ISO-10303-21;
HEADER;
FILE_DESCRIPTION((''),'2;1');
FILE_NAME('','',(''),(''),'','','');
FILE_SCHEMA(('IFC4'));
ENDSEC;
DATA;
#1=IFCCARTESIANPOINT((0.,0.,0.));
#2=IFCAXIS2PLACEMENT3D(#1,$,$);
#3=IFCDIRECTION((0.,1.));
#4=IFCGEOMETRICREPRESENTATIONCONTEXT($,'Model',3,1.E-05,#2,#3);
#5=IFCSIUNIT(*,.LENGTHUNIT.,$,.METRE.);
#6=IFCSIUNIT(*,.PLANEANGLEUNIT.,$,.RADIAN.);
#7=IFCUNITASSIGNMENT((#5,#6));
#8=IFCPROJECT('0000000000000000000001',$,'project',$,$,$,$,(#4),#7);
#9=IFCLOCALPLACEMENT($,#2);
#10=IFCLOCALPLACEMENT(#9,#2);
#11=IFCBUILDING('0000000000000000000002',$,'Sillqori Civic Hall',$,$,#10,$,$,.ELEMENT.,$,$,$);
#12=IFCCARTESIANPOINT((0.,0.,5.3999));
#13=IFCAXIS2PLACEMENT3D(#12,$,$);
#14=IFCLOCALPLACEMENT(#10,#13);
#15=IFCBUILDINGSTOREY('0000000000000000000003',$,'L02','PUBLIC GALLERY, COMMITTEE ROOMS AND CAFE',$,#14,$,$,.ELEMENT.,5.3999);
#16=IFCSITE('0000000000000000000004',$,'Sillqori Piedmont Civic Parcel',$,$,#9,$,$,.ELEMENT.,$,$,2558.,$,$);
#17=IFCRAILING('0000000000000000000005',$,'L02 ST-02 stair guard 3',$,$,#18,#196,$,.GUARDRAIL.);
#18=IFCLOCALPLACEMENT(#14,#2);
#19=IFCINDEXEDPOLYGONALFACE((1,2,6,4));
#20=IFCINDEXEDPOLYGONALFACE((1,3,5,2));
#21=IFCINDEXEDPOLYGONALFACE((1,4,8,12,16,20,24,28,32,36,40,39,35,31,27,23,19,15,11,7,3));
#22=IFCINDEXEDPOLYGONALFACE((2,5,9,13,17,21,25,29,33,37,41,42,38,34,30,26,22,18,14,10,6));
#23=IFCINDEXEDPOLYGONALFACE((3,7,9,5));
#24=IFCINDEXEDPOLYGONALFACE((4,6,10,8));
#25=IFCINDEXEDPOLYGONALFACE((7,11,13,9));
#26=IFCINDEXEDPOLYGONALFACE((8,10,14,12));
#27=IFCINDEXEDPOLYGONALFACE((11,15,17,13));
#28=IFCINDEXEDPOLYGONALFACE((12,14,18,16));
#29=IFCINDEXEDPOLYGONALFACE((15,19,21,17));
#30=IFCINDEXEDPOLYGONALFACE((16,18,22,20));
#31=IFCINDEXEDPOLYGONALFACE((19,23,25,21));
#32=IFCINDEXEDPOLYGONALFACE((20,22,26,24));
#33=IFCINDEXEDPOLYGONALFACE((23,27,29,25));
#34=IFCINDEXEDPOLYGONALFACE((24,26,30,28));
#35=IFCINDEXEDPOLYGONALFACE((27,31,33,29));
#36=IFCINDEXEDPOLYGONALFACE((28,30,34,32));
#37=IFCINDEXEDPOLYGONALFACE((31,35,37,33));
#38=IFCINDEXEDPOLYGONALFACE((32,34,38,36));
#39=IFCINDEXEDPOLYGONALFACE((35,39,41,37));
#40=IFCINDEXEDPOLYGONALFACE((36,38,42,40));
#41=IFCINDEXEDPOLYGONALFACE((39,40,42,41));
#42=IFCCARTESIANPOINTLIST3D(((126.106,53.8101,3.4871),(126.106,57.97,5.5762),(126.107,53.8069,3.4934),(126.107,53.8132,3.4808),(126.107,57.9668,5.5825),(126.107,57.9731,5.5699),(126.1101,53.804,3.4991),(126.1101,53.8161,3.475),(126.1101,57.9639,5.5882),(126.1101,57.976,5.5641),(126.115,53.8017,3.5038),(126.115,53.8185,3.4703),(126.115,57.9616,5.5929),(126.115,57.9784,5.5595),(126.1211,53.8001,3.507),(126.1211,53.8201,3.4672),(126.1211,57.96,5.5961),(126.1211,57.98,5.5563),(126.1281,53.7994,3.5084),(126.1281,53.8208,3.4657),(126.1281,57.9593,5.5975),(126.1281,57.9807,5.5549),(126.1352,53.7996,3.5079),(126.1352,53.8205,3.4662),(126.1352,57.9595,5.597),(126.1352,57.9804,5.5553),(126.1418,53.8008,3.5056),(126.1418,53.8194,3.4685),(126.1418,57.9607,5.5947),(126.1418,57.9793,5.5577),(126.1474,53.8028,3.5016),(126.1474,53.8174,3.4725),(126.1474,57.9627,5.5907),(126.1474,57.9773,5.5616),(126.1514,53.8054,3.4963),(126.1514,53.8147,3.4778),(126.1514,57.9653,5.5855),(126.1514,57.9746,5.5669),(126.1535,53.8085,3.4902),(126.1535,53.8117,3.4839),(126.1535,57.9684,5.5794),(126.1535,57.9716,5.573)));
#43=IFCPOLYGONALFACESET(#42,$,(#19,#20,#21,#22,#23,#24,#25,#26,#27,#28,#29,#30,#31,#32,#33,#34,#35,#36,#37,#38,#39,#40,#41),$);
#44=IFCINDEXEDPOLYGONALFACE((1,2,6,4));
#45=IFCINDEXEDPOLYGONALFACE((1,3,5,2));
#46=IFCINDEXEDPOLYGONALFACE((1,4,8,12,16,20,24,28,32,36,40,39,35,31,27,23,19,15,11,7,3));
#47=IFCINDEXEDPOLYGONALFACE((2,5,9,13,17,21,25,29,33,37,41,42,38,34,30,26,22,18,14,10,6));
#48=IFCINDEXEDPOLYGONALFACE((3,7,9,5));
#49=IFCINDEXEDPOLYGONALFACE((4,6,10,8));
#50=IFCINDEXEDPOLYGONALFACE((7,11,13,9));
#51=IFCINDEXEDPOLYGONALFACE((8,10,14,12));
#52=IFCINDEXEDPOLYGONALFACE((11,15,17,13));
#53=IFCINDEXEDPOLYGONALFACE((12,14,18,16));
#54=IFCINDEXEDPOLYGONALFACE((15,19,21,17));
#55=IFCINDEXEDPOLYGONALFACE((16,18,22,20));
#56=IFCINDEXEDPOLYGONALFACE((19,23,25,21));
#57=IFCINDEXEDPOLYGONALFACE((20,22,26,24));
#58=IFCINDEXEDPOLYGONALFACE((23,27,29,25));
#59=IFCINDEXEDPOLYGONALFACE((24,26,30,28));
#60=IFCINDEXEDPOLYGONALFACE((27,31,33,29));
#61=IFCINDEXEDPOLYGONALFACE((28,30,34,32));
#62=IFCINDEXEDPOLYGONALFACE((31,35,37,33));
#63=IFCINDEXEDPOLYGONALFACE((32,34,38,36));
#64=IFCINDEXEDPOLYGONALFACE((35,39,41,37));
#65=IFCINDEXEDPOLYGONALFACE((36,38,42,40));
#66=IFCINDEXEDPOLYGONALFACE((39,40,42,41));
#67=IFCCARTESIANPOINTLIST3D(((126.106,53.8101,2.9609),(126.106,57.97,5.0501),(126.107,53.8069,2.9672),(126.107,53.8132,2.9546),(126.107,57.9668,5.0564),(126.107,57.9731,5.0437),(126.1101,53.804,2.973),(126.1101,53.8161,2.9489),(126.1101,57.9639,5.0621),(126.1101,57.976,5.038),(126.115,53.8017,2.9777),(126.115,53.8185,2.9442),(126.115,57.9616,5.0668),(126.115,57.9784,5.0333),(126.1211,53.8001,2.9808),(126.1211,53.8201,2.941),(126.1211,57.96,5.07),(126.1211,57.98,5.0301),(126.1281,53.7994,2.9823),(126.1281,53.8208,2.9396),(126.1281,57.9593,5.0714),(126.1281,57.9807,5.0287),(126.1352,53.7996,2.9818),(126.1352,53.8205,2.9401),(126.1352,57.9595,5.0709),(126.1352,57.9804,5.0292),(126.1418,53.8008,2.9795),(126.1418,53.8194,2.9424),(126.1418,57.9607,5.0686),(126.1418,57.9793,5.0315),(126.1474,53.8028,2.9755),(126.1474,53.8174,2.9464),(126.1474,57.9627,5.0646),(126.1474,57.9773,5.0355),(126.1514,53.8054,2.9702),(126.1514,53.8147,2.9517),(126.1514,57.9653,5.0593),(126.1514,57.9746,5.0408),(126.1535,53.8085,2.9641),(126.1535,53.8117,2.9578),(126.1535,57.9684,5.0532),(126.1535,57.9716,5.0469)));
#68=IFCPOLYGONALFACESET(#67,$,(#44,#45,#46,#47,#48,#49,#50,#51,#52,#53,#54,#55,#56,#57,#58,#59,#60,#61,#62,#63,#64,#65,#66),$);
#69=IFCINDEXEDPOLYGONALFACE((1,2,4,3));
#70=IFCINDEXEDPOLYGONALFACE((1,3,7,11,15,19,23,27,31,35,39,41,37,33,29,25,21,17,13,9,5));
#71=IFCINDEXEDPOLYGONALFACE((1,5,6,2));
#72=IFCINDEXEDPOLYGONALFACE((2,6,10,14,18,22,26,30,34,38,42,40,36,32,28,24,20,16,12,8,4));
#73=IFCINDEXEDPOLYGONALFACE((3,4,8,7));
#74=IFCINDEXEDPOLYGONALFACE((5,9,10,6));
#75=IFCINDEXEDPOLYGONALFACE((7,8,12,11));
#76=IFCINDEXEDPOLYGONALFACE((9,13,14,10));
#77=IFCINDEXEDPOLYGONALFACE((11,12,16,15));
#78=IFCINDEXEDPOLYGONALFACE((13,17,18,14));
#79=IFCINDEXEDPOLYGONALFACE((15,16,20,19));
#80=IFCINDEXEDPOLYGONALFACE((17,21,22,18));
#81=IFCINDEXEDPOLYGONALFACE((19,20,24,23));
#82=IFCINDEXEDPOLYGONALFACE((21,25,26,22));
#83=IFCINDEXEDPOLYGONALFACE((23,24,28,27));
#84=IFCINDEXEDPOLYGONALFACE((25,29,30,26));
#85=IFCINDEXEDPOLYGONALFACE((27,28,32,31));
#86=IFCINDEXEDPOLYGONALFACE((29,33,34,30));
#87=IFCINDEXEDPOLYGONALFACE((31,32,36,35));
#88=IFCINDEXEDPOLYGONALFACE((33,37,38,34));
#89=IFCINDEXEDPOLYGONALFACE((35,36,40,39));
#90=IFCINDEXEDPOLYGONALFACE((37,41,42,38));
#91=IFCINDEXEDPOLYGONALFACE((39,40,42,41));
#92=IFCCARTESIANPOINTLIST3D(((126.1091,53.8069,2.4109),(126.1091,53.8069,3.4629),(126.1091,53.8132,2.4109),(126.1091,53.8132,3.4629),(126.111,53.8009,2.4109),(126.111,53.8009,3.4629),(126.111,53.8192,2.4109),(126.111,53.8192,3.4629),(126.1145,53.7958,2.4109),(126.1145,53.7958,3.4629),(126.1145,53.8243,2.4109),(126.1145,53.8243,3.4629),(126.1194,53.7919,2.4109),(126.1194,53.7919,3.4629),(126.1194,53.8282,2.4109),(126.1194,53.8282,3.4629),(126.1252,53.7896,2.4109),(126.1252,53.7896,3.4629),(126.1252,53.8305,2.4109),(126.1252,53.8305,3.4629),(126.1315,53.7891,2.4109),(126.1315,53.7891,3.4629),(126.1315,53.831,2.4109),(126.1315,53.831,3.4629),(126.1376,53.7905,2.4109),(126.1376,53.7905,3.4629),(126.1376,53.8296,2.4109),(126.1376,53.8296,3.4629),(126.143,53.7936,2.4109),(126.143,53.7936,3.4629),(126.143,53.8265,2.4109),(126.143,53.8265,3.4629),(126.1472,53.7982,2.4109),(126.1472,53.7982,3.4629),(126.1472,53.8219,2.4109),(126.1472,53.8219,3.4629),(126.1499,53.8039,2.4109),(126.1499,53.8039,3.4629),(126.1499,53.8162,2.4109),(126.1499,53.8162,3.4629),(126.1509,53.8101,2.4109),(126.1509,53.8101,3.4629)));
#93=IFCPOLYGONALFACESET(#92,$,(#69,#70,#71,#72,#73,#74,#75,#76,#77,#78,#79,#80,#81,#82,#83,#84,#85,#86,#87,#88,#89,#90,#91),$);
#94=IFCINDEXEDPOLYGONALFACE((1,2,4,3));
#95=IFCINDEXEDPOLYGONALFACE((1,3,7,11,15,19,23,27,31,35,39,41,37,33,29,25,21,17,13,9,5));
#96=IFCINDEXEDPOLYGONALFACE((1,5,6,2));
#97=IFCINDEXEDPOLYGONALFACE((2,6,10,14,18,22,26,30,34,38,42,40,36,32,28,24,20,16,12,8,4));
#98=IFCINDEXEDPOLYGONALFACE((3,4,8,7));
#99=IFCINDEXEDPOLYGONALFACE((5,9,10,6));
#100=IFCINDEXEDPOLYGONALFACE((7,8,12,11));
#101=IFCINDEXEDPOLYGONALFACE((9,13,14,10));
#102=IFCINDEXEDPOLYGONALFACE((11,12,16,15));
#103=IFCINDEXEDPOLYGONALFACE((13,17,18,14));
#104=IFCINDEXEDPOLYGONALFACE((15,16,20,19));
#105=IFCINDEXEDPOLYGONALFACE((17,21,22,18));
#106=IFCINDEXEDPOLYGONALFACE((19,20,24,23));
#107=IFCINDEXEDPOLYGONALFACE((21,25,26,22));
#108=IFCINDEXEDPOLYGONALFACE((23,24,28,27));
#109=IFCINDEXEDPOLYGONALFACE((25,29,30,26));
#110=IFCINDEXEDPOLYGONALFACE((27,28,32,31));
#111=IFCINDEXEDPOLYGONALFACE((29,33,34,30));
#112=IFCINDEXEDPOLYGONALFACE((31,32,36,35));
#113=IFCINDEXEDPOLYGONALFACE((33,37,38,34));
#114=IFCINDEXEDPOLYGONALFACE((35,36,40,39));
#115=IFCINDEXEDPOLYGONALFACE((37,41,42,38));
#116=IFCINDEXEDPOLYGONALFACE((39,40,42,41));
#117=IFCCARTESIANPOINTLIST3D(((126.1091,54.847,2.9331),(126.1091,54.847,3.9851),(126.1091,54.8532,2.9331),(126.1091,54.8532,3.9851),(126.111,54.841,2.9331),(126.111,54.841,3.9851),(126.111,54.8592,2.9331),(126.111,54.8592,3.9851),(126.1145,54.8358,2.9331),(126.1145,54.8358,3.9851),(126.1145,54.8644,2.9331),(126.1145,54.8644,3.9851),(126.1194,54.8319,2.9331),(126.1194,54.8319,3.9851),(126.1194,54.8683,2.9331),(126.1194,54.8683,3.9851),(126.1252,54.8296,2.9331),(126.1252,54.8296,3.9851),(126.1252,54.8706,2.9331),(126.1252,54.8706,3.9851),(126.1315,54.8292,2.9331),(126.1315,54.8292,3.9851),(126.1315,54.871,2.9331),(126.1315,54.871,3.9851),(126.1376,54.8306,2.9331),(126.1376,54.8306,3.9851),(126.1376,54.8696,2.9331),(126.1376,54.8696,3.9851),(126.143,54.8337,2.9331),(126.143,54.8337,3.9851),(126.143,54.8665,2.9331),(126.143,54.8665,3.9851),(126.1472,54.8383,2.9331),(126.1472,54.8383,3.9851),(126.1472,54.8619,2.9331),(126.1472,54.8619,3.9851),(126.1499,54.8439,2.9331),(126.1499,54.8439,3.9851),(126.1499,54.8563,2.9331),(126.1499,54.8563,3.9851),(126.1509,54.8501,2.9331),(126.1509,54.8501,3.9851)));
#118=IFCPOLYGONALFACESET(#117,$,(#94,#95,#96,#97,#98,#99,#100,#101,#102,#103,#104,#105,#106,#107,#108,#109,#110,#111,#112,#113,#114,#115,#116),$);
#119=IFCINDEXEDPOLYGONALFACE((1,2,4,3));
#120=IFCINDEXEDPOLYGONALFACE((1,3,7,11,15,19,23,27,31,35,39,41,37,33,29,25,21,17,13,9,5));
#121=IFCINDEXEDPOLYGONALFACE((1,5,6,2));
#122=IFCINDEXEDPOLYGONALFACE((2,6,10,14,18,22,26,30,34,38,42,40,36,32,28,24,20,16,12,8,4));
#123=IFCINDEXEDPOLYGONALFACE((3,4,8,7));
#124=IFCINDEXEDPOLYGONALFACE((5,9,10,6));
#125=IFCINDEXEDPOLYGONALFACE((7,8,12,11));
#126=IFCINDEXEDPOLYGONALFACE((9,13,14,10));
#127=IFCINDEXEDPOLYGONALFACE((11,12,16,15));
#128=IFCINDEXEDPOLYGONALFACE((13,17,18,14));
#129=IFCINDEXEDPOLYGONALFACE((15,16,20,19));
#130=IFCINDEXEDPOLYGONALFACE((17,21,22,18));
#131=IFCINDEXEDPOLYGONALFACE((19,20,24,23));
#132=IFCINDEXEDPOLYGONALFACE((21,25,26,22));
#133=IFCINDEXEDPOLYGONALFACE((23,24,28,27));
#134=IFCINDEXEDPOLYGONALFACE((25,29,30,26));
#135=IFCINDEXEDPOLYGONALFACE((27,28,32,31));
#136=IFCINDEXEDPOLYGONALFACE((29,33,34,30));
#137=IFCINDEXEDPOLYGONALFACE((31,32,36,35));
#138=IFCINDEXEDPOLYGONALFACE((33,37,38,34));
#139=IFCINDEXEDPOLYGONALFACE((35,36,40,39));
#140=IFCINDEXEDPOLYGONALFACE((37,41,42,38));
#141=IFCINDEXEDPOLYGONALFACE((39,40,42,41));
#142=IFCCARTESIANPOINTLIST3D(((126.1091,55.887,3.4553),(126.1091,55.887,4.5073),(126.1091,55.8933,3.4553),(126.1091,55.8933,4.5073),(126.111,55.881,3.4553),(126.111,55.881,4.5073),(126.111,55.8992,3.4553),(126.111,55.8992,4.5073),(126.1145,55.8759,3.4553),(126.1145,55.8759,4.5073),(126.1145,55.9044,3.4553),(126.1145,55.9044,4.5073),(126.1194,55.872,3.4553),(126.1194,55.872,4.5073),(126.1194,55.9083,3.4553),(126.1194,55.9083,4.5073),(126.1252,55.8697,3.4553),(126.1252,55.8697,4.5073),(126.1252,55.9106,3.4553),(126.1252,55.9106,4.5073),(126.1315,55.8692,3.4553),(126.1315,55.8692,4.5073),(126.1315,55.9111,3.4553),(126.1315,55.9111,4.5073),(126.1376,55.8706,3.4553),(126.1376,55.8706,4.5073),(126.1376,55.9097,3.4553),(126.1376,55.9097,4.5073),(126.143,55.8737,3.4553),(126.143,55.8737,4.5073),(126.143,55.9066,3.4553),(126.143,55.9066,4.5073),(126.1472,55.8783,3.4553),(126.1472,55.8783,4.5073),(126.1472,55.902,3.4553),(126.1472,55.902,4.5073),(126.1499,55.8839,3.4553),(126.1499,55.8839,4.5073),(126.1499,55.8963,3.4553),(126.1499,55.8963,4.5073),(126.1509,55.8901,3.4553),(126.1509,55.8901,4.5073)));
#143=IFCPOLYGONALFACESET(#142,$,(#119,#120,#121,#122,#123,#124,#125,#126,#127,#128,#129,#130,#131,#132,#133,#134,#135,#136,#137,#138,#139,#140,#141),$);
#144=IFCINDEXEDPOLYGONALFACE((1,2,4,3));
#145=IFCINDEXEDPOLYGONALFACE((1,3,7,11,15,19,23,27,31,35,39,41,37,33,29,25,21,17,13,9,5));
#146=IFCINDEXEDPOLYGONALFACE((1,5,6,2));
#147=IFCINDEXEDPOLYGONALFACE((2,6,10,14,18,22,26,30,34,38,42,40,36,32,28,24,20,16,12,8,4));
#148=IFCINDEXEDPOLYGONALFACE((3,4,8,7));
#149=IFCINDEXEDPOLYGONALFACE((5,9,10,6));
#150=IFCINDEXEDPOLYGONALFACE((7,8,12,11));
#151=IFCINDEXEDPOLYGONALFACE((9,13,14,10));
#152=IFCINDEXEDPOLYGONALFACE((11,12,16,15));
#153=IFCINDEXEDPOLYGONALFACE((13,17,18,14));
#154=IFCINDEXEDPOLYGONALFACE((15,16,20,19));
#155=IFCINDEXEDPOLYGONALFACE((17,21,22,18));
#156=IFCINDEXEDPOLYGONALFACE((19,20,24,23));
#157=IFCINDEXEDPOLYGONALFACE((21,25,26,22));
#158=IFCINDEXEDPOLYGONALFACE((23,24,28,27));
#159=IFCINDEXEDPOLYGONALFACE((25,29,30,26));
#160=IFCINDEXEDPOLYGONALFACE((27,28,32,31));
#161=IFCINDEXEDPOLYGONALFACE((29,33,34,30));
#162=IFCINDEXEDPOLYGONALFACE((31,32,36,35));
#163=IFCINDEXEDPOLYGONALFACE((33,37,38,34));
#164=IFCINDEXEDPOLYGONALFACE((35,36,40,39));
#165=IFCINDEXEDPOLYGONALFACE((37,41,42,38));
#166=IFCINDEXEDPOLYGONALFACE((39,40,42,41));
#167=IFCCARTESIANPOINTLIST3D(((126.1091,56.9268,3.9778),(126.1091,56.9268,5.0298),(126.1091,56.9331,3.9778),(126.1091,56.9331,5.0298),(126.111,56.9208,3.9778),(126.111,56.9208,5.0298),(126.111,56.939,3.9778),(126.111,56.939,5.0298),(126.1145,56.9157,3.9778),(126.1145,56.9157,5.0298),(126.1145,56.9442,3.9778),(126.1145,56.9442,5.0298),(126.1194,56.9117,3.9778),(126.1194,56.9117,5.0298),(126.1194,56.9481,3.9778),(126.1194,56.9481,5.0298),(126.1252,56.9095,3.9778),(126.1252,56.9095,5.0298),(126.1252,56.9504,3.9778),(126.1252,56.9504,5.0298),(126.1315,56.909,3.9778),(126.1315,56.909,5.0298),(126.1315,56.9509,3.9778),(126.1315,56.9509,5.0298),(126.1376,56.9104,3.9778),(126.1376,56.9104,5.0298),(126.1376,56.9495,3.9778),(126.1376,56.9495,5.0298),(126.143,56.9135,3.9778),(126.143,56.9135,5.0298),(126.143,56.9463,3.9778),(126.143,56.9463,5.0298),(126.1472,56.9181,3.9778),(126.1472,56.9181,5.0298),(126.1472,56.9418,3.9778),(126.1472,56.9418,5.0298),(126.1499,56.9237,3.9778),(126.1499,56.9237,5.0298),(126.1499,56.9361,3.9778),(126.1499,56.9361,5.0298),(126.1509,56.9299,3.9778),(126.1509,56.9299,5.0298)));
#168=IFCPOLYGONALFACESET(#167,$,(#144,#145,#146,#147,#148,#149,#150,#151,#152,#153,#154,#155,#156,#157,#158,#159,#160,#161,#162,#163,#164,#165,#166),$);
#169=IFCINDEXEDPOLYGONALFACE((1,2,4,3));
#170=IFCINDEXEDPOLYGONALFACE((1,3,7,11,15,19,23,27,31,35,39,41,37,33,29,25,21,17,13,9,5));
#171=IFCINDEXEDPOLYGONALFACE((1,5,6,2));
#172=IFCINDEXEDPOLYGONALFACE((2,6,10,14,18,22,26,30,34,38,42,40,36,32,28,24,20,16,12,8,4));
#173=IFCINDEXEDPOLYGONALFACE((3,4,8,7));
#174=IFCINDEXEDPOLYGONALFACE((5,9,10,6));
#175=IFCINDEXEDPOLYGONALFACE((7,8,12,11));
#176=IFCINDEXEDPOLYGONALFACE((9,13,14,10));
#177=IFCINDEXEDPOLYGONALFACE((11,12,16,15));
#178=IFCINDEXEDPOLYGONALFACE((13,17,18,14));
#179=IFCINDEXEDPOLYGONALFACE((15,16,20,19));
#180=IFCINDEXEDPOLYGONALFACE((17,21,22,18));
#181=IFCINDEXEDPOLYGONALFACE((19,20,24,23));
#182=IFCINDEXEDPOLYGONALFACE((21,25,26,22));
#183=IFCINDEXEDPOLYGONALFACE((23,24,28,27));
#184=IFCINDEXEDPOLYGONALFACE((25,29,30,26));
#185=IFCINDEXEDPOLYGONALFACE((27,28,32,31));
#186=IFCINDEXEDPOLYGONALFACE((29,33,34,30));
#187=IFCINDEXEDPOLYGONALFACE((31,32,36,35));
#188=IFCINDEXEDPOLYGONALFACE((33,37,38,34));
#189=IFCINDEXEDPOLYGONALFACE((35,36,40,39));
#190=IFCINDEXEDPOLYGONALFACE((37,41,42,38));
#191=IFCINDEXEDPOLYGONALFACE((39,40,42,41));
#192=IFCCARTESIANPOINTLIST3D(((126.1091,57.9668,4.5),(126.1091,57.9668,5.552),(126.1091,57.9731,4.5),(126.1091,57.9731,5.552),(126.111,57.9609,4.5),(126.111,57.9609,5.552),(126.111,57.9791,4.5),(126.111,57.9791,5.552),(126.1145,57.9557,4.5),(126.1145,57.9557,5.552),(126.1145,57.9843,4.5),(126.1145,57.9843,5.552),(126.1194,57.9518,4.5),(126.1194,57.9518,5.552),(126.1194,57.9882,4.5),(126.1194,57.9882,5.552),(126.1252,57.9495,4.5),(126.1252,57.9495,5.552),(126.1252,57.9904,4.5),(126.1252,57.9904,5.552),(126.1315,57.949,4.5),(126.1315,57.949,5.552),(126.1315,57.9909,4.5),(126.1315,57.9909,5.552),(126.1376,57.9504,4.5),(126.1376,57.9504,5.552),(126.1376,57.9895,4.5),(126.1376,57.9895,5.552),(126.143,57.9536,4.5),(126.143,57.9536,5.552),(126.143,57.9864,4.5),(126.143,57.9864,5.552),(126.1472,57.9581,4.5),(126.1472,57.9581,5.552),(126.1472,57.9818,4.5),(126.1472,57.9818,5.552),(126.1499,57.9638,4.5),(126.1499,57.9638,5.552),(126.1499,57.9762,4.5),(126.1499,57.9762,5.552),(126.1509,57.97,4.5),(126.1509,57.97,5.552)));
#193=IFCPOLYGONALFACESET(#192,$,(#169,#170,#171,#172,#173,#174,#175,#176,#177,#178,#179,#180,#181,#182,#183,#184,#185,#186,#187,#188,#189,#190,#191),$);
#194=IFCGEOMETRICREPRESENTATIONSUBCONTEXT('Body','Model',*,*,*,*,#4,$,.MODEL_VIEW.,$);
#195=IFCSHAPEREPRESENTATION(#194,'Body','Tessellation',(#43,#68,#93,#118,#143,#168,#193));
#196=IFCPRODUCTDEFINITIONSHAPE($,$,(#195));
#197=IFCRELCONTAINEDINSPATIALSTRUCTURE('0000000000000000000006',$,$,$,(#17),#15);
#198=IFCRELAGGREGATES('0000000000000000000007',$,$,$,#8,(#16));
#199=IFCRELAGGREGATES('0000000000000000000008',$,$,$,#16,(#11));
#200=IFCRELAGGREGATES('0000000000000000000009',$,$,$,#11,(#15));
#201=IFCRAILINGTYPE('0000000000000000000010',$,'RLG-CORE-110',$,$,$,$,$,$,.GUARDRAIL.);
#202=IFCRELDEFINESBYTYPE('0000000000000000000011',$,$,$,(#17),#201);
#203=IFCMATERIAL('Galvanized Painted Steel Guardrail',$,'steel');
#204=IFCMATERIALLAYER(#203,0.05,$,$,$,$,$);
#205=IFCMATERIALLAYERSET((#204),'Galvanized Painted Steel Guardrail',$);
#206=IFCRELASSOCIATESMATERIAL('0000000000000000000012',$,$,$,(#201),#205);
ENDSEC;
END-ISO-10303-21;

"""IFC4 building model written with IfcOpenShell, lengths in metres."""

from ifc_helpers import new_model, si_unit, direction, frame, origin, origin_2d, place, context, subcontext, project, spatial, circle, extrude, material, layer, layer_set, type_object, element, save


model = new_model("IFC4")

# Units and contexts
model_context = context("Model", 3, precision=1e-05, world=origin(), true_north=direction((0.0, 1.0)))
body_context = subcontext(model_context, "Body", "Model", "MODEL_VIEW")
ifc_project = project(units=[si_unit("LENGTHUNIT", "METRE"), si_unit("PLANEANGLEUNIT", "RADIAN")], contexts=[model_context])

# Site, building, storey
site_placement = place(None, origin())
site = spatial("IfcSite", under=ifc_project, at=site_placement, Name="Sillqori Piedmont Civic Parcel", CompositionType="ELEMENT", RefElevation=2558.0)
building_placement = place(site_placement, origin())
building = spatial("IfcBuilding", under=site, at=building_placement, Name="Sillqori Civic Hall", CompositionType="ELEMENT")
storey_placement = place(building_placement, frame((0.0, 0.0, 5.3999)))
storey = spatial("IfcBuildingStorey", under=building, at=storey_placement, Name="L02", Description="PUBLIC GALLERY, COMMITTEE ROOMS AND CAFE", CompositionType="ELEMENT", Elevation=5.3999)

# Railing
ifc_material_1 = material(Name="Galvanized Painted Steel Guardrail", Category="steel")
ifc_layer_1 = layer(ifc_material_1, 0.05)
ifc_layer_set_1 = layer_set([ifc_layer_1], Name="Galvanized Painted Steel Guardrail")
railing_type_1 = type_object("IfcRailingType", Name="RLG-CORE-110", PredefinedType="GUARDRAIL", material=ifc_layer_set_1)
railing_1_placement = place(storey_placement, frame((126.1299, 53.8101, 2.4109)))
element("IfcRailing", 1, at=railing_1_placement, inside=storey, type_object=railing_type_1, Name="L02 ST-02 stair guard 3", PredefinedType="GUARDRAIL", context=body_context, shape_type="SweptSolid", body=[
    extrude(circle(Radius=0.0239, at=origin_2d()), frame((0.0, 0.0, 1.0762), z_axis=(0.0, 0.893639, 0.448786), x_axis=(-1.0, 0.0, 0.0)), (0.0, 0.0, 1.0), 4.655),
    extrude(circle(Radius=0.0239, at=origin_2d()), frame((0.0, 0.0, 0.55), z_axis=(0.0, 0.893639, 0.448786), x_axis=(-1.0, 0.0, 0.0)), (0.0, 0.0, 1.0), 4.655),
    extrude(circle(Radius=0.021, at=origin_2d()), origin(), (0.0, 0.0, 1.0), 1.052),
    extrude(circle(Radius=0.021, at=origin_2d()), frame((0.0, 1.04, 0.5222)), (0.0, 0.0, 1.0), 1.052),
    extrude(circle(Radius=0.021, at=origin_2d()), frame((0.0, 2.0801, 1.0444)), (0.0, 0.0, 1.0), 1.052),
    extrude(circle(Radius=0.021, at=origin_2d()), frame((0.0, 3.1199, 1.5669)), (0.0, 0.0, 1.0), 1.052),
    extrude(circle(Radius=0.021, at=origin_2d()), frame((0.0, 4.1599, 2.0891)), (0.0, 0.0, 1.0), 1.052),
])

save(model, "model.ifc")
